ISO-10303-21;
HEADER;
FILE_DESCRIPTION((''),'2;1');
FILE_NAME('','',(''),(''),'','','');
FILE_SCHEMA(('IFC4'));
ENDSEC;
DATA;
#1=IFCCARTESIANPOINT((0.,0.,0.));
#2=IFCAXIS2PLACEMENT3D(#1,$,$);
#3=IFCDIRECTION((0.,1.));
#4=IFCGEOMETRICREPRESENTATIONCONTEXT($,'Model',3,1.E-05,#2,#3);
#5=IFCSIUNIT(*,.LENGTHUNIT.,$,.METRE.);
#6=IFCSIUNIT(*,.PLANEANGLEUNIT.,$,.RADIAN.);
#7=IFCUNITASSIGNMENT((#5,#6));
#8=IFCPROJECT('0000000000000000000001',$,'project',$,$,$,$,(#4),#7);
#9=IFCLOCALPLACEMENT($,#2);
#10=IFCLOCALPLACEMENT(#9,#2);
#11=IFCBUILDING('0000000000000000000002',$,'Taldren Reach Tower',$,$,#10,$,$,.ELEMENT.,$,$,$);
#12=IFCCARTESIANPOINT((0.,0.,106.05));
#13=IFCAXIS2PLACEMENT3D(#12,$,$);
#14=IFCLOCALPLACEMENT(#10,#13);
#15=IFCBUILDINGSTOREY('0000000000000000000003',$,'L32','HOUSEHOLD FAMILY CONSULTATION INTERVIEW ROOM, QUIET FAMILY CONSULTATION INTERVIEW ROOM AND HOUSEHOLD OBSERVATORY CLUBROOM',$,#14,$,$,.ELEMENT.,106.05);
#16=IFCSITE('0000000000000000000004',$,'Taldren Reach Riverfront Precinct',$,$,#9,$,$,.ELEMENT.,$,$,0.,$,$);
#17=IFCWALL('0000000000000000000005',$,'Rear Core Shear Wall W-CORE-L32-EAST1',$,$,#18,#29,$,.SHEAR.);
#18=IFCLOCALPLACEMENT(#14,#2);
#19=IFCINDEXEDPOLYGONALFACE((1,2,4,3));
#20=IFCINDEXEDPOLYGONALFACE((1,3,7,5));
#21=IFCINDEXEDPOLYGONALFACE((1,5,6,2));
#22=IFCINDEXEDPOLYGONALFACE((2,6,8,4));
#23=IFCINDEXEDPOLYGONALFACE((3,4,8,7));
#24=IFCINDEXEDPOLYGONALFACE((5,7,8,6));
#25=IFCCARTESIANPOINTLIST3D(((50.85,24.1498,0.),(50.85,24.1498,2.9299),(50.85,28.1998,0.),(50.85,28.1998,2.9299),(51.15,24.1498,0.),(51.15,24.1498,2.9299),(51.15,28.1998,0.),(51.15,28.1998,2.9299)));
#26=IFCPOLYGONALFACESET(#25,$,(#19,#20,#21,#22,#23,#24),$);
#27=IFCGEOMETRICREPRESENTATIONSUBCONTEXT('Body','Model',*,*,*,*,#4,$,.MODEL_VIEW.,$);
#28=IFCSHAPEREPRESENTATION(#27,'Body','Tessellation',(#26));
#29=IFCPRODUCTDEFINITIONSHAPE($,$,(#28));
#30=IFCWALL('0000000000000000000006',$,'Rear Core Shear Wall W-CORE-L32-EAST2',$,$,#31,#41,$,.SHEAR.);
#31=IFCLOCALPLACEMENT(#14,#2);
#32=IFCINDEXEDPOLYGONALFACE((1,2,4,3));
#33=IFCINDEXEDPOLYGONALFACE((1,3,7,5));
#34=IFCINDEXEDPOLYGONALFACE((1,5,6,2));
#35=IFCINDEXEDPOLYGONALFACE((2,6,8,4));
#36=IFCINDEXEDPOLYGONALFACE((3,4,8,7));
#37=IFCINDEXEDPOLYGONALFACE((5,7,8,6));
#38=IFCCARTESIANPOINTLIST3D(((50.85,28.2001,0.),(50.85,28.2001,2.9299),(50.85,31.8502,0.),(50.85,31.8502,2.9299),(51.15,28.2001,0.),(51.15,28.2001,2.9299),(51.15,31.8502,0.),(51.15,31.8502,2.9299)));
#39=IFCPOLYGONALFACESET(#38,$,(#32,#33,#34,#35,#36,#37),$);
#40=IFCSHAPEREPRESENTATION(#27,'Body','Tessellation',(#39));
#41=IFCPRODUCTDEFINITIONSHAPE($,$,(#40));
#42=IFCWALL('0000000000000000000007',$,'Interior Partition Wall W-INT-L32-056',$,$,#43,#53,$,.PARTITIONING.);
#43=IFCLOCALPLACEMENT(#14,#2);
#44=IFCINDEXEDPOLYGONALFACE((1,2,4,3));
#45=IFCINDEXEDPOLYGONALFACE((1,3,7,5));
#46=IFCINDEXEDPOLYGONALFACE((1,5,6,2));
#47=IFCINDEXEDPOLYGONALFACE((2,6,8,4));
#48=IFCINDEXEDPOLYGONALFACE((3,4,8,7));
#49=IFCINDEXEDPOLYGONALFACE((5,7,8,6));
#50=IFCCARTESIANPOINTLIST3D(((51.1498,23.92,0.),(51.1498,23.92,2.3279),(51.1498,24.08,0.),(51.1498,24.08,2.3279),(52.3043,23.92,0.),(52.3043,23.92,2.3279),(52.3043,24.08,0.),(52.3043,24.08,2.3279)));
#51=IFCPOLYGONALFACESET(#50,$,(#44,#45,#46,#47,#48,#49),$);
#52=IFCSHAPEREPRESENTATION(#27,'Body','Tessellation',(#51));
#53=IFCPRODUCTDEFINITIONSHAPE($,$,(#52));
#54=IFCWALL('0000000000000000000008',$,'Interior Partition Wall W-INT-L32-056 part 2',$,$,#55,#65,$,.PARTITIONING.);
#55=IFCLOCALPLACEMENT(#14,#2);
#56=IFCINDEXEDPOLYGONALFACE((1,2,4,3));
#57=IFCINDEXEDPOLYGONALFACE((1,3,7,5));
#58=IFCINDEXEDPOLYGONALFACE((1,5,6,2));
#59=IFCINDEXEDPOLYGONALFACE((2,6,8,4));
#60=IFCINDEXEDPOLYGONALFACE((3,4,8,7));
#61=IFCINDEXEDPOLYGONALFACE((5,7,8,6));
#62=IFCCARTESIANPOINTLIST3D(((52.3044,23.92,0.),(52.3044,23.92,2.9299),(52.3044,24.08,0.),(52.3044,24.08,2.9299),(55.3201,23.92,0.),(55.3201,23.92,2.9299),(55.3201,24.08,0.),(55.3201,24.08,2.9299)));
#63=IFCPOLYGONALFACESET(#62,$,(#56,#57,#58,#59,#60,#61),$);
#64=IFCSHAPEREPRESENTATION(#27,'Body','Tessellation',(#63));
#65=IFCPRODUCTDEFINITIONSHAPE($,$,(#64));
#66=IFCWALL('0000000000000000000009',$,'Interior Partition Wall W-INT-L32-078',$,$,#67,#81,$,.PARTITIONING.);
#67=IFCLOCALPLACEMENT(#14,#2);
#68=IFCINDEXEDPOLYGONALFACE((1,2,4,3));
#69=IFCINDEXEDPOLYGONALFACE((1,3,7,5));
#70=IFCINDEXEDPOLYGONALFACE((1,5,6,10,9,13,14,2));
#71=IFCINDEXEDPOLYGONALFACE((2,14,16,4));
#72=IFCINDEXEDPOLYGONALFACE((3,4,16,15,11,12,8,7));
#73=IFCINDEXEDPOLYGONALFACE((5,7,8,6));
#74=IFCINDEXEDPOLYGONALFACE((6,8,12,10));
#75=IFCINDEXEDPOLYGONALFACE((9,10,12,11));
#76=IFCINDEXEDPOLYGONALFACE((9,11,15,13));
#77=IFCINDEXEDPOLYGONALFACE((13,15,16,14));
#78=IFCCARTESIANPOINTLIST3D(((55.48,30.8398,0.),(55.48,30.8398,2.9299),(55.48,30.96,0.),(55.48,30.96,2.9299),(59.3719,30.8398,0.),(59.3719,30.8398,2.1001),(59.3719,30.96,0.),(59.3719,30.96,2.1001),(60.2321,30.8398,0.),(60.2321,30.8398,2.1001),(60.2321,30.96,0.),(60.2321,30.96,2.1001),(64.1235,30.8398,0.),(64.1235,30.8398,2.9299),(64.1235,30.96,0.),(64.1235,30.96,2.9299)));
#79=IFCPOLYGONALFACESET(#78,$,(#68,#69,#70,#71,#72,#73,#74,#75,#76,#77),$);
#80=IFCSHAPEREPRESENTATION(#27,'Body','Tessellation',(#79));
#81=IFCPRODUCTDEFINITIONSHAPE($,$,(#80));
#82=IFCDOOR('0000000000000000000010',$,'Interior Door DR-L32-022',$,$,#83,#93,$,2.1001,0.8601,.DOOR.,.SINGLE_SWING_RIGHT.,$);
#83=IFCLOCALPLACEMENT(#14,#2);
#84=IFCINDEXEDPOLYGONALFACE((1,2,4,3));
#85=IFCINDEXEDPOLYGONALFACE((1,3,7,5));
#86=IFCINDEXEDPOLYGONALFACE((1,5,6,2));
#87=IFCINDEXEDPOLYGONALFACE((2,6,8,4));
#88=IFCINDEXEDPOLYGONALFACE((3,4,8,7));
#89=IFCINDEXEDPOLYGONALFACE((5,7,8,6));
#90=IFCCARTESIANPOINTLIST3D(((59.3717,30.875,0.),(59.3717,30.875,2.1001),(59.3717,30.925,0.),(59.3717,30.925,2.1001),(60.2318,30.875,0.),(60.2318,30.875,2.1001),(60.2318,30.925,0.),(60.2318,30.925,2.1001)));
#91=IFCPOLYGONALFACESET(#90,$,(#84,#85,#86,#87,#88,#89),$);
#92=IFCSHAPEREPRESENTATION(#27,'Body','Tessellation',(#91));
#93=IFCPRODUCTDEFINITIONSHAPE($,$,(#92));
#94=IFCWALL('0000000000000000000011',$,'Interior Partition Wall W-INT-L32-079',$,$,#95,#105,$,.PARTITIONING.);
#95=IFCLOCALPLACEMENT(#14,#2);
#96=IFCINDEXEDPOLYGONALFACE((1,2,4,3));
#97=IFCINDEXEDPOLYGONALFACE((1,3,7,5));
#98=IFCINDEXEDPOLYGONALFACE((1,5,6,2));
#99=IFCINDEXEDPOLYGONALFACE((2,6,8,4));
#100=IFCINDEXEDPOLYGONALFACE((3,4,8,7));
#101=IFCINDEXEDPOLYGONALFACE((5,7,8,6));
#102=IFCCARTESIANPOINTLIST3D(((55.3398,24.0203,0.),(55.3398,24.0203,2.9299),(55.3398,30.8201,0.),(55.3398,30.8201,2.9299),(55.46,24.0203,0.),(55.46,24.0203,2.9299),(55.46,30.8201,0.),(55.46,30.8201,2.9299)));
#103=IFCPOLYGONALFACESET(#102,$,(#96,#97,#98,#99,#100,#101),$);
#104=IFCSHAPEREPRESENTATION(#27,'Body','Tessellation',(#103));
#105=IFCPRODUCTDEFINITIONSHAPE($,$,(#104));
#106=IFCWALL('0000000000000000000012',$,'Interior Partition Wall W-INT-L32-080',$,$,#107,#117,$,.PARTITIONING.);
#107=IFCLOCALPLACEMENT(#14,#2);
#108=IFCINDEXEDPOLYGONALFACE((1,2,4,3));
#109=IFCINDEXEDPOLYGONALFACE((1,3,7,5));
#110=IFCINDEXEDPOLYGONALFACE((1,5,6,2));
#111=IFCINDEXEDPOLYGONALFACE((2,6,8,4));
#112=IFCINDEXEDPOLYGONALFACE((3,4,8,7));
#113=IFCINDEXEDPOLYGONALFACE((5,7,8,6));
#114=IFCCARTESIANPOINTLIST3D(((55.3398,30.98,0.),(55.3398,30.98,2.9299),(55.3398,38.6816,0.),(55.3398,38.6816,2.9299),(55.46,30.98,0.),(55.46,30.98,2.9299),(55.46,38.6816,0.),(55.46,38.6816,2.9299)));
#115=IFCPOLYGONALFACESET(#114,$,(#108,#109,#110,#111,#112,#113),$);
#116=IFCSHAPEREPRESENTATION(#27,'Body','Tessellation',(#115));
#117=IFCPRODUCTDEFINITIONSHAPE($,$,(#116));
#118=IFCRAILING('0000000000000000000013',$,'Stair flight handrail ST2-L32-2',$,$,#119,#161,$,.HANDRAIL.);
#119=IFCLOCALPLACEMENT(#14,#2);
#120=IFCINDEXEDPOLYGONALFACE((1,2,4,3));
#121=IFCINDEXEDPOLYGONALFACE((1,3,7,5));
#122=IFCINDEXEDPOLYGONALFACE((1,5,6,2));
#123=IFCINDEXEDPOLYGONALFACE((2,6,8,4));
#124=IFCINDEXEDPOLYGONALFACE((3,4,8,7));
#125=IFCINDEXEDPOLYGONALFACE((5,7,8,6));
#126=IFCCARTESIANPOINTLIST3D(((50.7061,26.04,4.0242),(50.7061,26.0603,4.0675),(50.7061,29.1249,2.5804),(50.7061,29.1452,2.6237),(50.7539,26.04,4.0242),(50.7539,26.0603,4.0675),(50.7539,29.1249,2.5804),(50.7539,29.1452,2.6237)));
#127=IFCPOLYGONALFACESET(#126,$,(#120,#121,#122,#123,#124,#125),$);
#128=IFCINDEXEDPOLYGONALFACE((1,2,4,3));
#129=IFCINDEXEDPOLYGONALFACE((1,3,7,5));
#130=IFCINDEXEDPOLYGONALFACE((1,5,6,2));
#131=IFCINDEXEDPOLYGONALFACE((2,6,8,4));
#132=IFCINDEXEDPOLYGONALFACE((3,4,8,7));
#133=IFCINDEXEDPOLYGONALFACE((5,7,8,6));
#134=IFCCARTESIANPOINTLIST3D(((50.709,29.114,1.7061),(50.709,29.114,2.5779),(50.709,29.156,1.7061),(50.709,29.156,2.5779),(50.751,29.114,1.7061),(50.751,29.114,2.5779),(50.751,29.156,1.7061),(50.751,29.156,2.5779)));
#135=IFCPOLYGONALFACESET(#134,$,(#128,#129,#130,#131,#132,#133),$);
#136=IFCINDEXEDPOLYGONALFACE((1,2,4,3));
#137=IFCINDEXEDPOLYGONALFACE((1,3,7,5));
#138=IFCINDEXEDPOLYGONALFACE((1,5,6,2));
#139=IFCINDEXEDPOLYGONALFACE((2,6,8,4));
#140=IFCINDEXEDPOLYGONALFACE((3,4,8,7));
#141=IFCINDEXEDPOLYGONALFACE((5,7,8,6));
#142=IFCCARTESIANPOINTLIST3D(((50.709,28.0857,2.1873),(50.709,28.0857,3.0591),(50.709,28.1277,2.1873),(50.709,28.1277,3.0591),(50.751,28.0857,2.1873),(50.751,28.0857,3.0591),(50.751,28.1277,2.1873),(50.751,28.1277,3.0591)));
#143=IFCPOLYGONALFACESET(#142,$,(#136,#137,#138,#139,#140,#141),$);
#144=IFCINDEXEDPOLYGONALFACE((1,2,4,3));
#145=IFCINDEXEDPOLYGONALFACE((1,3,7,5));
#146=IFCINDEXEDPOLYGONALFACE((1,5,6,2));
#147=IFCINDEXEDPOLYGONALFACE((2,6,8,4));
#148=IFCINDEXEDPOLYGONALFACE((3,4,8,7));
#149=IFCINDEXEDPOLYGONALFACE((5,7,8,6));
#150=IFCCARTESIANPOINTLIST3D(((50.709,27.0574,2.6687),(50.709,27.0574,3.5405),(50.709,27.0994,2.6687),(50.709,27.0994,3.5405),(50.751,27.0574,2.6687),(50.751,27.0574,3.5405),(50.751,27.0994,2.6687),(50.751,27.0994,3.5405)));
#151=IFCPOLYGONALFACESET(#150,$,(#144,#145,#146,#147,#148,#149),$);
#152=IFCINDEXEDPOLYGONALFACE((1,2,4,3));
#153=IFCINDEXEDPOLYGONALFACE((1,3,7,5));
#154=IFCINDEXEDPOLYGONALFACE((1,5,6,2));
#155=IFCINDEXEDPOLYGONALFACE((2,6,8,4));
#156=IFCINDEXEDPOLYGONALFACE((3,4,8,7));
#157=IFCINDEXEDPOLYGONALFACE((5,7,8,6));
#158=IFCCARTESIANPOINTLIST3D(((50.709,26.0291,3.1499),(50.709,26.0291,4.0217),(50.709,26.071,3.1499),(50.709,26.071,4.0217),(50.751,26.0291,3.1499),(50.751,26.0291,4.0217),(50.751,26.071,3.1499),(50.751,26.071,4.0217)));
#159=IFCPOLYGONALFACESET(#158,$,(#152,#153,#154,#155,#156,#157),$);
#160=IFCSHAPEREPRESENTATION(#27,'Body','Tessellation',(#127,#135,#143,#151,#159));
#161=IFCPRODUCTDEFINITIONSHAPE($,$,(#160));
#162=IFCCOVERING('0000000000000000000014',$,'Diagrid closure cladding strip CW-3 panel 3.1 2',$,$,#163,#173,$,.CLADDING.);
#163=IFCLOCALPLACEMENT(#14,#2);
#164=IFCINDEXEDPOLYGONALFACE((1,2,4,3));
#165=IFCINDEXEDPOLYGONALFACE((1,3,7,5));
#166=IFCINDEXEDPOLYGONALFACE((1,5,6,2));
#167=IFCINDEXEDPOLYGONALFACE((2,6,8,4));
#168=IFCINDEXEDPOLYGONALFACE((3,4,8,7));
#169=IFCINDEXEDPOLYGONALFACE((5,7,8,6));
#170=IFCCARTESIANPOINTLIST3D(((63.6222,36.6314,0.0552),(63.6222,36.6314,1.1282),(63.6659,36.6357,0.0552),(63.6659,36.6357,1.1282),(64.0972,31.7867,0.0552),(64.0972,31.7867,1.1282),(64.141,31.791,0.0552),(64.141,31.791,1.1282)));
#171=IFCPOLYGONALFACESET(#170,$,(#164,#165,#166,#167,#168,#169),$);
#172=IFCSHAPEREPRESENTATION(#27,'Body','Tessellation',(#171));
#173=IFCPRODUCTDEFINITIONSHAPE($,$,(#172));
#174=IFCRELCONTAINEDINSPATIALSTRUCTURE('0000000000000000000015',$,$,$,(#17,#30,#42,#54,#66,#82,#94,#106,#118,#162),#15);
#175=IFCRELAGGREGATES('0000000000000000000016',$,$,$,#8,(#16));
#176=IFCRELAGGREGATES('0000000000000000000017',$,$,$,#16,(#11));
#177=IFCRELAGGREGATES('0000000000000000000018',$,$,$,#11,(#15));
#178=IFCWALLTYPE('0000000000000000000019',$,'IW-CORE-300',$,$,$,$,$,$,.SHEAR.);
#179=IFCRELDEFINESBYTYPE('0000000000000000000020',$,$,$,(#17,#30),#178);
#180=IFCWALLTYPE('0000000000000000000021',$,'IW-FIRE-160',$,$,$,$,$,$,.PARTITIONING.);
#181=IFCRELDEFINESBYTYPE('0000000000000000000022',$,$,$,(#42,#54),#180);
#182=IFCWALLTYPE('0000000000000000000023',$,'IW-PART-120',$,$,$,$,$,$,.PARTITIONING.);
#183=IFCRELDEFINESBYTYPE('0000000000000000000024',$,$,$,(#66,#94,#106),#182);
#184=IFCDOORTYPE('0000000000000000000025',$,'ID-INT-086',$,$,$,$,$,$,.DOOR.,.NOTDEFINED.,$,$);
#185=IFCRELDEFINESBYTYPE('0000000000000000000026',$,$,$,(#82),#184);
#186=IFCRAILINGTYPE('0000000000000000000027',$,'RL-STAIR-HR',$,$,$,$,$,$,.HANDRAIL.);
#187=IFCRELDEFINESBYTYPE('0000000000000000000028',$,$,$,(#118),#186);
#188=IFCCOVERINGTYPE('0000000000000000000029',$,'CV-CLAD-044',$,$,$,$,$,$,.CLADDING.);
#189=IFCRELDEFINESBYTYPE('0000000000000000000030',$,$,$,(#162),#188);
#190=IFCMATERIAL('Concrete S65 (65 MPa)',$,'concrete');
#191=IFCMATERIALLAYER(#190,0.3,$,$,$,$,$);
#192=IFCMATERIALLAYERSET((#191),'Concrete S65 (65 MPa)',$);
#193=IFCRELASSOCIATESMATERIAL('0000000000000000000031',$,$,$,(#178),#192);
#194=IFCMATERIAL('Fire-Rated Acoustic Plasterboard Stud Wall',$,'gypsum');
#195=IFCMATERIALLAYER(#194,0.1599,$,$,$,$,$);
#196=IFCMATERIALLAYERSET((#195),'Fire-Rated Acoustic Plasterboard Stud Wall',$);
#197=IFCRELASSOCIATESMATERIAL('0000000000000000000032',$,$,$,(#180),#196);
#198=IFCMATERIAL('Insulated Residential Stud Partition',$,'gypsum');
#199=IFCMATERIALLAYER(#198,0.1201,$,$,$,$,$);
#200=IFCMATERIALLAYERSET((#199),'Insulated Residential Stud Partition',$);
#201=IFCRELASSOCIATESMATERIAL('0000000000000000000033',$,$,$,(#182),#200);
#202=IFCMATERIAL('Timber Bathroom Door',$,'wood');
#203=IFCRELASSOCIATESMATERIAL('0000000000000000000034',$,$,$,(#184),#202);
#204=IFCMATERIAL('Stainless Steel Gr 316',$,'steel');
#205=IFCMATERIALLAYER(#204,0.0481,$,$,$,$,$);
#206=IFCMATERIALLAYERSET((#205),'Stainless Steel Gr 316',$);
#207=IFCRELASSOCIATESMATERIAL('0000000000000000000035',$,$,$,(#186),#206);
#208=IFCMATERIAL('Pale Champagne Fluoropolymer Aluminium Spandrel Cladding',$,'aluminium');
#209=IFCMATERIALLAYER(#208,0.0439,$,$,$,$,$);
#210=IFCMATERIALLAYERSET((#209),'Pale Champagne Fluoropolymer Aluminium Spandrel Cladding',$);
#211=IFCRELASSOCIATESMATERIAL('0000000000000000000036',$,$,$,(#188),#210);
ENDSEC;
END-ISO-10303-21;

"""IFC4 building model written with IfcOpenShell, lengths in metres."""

from ifc_helpers import new_model, si_unit, direction, frame, frame_2d, origin, origin_2d, place, context, subcontext, project, spatial, rectangle, extrude, source, transform, mapped, material, layer, layer_set, type_object, element, fill, save


model = new_model("IFC4")

# Units and contexts
model_context = context("Model", 3, precision=1e-05, world=origin(), true_north=direction((0.0, 1.0)))
body_context = subcontext(model_context, "Body", "Model", "MODEL_VIEW")
ifc_project = project(units=[si_unit("LENGTHUNIT", "METRE"), si_unit("PLANEANGLEUNIT", "RADIAN")], contexts=[model_context])

# Site, building, storey
site_placement = place(None, origin())
site = spatial("IfcSite", under=ifc_project, at=site_placement, Name="Taldren Reach Riverfront Precinct", CompositionType="ELEMENT", RefElevation=0.0)
building_placement = place(site_placement, origin())
building = spatial("IfcBuilding", under=site, at=building_placement, Name="Taldren Reach Tower", CompositionType="ELEMENT")
storey_placement = place(building_placement, frame((0.0, 0.0, 106.05)))
storey = spatial("IfcBuildingStorey", under=building, at=storey_placement, Name="L32", Description="HOUSEHOLD FAMILY CONSULTATION INTERVIEW ROOM, QUIET FAMILY CONSULTATION INTERVIEW ROOM AND HOUSEHOLD OBSERVATORY CLUBROOM", CompositionType="ELEMENT", Elevation=106.05)

# Shared definitions
ifc_material_1 = material(Name="Concrete S65 (65 MPa)", Category="concrete")

# Walls
ifc_layer_1 = layer(ifc_material_1, 0.3)
ifc_layer_set_1 = layer_set([ifc_layer_1], Name="Concrete S65 (65 MPa)")
wall_type_1 = type_object("IfcWallType", Name="IW-CORE-300", PredefinedType="SHEAR", material=ifc_layer_set_1)
shared_shape_1 = source(origin(), body_context, "Body", "SweptSolid", [
    extrude(rectangle(XDim=4.05, YDim=0.3, at=frame_2d((2.0249, 0.0))), origin(), (0.0, 0.0, 1.0), 2.9299),
])
wall_1_placement = place(storey_placement, frame((51.0, 24.1499, 0.0), z_axis=(0.0, 0.0, 1.0), x_axis=(0.0, 1.0, 0.0)))
element("IfcWall", 1, at=wall_1_placement, inside=storey, type_object=wall_type_1, Name="Rear Core Shear Wall W-CORE-L32-EAST1", PredefinedType="SHEAR", context=body_context, shape_type="MappedRepresentation", body=[
    mapped(shared_shape_1, transform((0.0, 0.0, 0.0), scale=1.0)),
])
shared_shape_2 = source(origin(), body_context, "Body", "SweptSolid", [
    extrude(rectangle(XDim=3.6501, YDim=0.3, at=frame_2d((1.8252, 0.0))), origin(), (0.0, 0.0, 1.0), 2.9299),
])
wall_2_placement = place(storey_placement, frame((51.0, 28.2, 0.0), z_axis=(0.0, 0.0, 1.0), x_axis=(0.0, 1.0, 0.0)))
element("IfcWall", 2, at=wall_2_placement, inside=storey, type_object=wall_type_1, Name="Rear Core Shear Wall W-CORE-L32-EAST2", PredefinedType="SHEAR", context=body_context, shape_type="MappedRepresentation", body=[
    mapped(shared_shape_2, transform((0.0, 0.0, 0.0), scale=1.0)),
])
ifc_material_2 = material(Name="Fire-Rated Acoustic Plasterboard Stud Wall", Category="gypsum")
ifc_layer_2 = layer(ifc_material_2, 0.1599)
ifc_layer_set_2 = layer_set([ifc_layer_2], Name="Fire-Rated Acoustic Plasterboard Stud Wall")
wall_type_2 = type_object("IfcWallType", Name="IW-FIRE-160", PredefinedType="PARTITIONING", material=ifc_layer_set_2)
shared_shape_3 = source(origin(), body_context, "Body", "SweptSolid", [
    extrude(rectangle(XDim=1.1545, YDim=0.1599, at=frame_2d((0.5771, 0.0))), origin(), (0.0, 0.0, 1.0), 2.3279),
])
wall_3_placement = place(storey_placement, frame((51.1499, 24.0, 0.0), z_axis=(0.0, 0.0, 1.0), x_axis=(1.0, 0.0, 0.0)))
element("IfcWall", 3, at=wall_3_placement, inside=storey, type_object=wall_type_2, Name="Interior Partition Wall W-INT-L32-056", PredefinedType="PARTITIONING", context=body_context, shape_type="MappedRepresentation", body=[
    mapped(shared_shape_3, transform((0.0, 0.0, 0.0), scale=1.0)),
])
shared_shape_4 = source(origin(), body_context, "Body", "SweptSolid", [
    extrude(rectangle(XDim=3.0156, YDim=0.1599, at=frame_2d((1.5078, 0.0))), origin(), (0.0, 0.0, 1.0), 2.9299),
])
wall_4_placement = place(storey_placement, frame((52.3044, 24.0, 0.0), z_axis=(0.0, 0.0, 1.0), x_axis=(1.0, 0.0, 0.0)))
element("IfcWall", 4, at=wall_4_placement, inside=storey, type_object=wall_type_2, Name="Interior Partition Wall W-INT-L32-056 part 2", PredefinedType="PARTITIONING", context=body_context, shape_type="MappedRepresentation", body=[
    mapped(shared_shape_4, transform((0.0, 0.0, 0.0), scale=1.0)),
])

# Wall, opening, door
ifc_material_3 = material(Name="Insulated Residential Stud Partition", Category="gypsum")
ifc_layer_3 = layer(ifc_material_3, 0.1201)
ifc_layer_set_3 = layer_set([ifc_layer_3], Name="Insulated Residential Stud Partition")
wall_type_3 = type_object("IfcWallType", Name="IW-PART-120", PredefinedType="PARTITIONING", material=ifc_layer_set_3)
shared_shape_5 = source(origin(), body_context, "Body", "SweptSolid", [
    extrude(rectangle(XDim=8.6436, YDim=0.1201, at=frame_2d((4.3218, 0.0))), origin(), (0.0, 0.0, 1.0), 2.9299),
])
wall_5_placement = place(storey_placement, frame((55.48, 30.8999, 0.0), z_axis=(0.0, 0.0, 1.0), x_axis=(1.0, 0.0, 0.0)))
wall_5 = element("IfcWall", 5, at=wall_5_placement, inside=storey, type_object=wall_type_3, Name="Interior Partition Wall W-INT-L32-078", PredefinedType="PARTITIONING", context=body_context, shape_type="MappedRepresentation", body=[
    mapped(shared_shape_5, transform((0.0, 0.0, 0.0), scale=1.0)),
])
shared_shape_6 = source(origin(), body_context, "Body", "SweptSolid", [
    extrude(rectangle(XDim=0.8601, YDim=2.1001, at=frame_2d((0.4302, 1.05))), frame((0.0, 0.0701, 0.0), z_axis=(0.0, -1.0, 0.0), x_axis=(1.0, 0.0, 0.0)), (0.0, 0.0, 1.0), 0.1401),
])
opening_placement = place(wall_5_placement, frame((3.8918, 0.0, 0.0)))
opening = element("IfcOpeningElement", 6, at=opening_placement, cuts=wall_5, PredefinedType="OPENING", context=body_context, shape_type="MappedRepresentation", body=[
    mapped(shared_shape_6, transform((0.0, 0.0, 0.0), scale=1.0)),
])
ifc_material_4 = material(Name="Timber Bathroom Door", Category="wood")
door_type = type_object("IfcDoorType", Name="ID-INT-086", OperationType="NOTDEFINED", PredefinedType="DOOR", material=ifc_material_4)
shared_shape_7 = source(origin(), body_context, "Body", "SweptSolid", [
    extrude(rectangle(XDim=0.8601, YDim=2.1001, at=frame_2d((0.4302, 1.05))), frame((0.0, 0.0249, 0.0), z_axis=(0.0, -1.0, 0.0), x_axis=(1.0, 0.0, 0.0)), (0.0, 0.0, 1.0), 0.05),
])
door_placement = place(opening_placement, frame((0.8601, 0.0, 0.0), z_axis=(0.0, 0.0, 1.0), x_axis=(-1.0, 0.0, 0.0)))
door = element("IfcDoor", 7, at=door_placement, inside=storey, type_object=door_type, Name="Interior Door DR-L32-022", OperationType="SINGLE_SWING_RIGHT", OverallHeight=2.1001, OverallWidth=0.8601, PredefinedType="DOOR", context=body_context, shape_type="MappedRepresentation", body=[
    mapped(shared_shape_7, transform((0.0, 0.0, 0.0), scale=1.0)),
])
fill(opening, door)

# Walls
shared_shape_8 = source(origin(), body_context, "Body", "SweptSolid", [
    extrude(rectangle(XDim=6.7998, YDim=0.1201, at=frame_2d((3.3999, 0.0))), origin(), (0.0, 0.0, 1.0), 2.9299),
])
wall_6_placement = place(storey_placement, frame((55.3999, 24.0203, 0.0), z_axis=(0.0, 0.0, 1.0), x_axis=(0.0, 1.0, 0.0)))
element("IfcWall", 8, at=wall_6_placement, inside=storey, type_object=wall_type_3, Name="Interior Partition Wall W-INT-L32-079", PredefinedType="PARTITIONING", context=body_context, shape_type="MappedRepresentation", body=[
    mapped(shared_shape_8, transform((0.0, 0.0, 0.0), scale=1.0)),
])
shared_shape_9 = source(origin(), body_context, "Body", "SweptSolid", [
    extrude(rectangle(XDim=7.7017, YDim=0.1201, at=frame_2d((3.8508, 0.0))), origin(), (0.0, 0.0, 1.0), 2.9299),
])
wall_7_placement = place(storey_placement, frame((55.3999, 30.98, 0.0), z_axis=(0.0, 0.0, 1.0), x_axis=(0.0, 1.0, 0.0)))
element("IfcWall", 9, at=wall_7_placement, inside=storey, type_object=wall_type_3, Name="Interior Partition Wall W-INT-L32-080", PredefinedType="PARTITIONING", context=body_context, shape_type="MappedRepresentation", body=[
    mapped(shared_shape_9, transform((0.0, 0.0, 0.0), scale=1.0)),
])

# Railing
ifc_material_5 = material(Name="Stainless Steel Gr 316", Category="steel")
ifc_layer_4 = layer(ifc_material_5, 0.0481)
ifc_layer_set_4 = layer_set([ifc_layer_4], Name="Stainless Steel Gr 316")
railing_type = type_object("IfcRailingType", Name="RL-STAIR-HR", PredefinedType="HANDRAIL", material=ifc_layer_set_4)
railing_placement = place(storey_placement, frame((50.73, 29.135, 1.7061)))
element("IfcRailing", 10, at=railing_placement, inside=storey, type_object=railing_type, Name="Stair flight handrail ST2-L32-2", PredefinedType="HANDRAIL", context=body_context, shape_type="SweptSolid", body=[
    extrude(rectangle(XDim=0.0479, YDim=0.0479, at=origin_2d()), frame((0.0, 0.0, 0.896), z_axis=(0.0, -0.90571, 0.423898), x_axis=(1.0, 0.0, 0.0)), (0.0, 0.0, 1.0), 3.406),
    extrude(rectangle(XDim=0.042, YDim=0.042, at=origin_2d()), origin(), (0.0, 0.0, 1.0), 0.8718),
    extrude(rectangle(XDim=0.042, YDim=0.042, at=origin_2d()), frame((0.0, -1.0283, 0.4812)), (0.0, 0.0, 1.0), 0.8718),
    extrude(rectangle(XDim=0.042, YDim=0.042, at=origin_2d()), frame((0.0, -2.0566, 0.9626)), (0.0, 0.0, 1.0), 0.8718),
    extrude(rectangle(XDim=0.042, YDim=0.042, at=origin_2d()), frame((0.0, -3.085, 1.4438)), (0.0, 0.0, 1.0), 0.8718),
])

# Covering
ifc_material_6 = material(Name="Pale Champagne Fluoropolymer Aluminium Spandrel Cladding", Category="aluminium")
ifc_layer_5 = layer(ifc_material_6, 0.0439)
ifc_layer_set_5 = layer_set([ifc_layer_5], Name="Pale Champagne Fluoropolymer Aluminium Spandrel Cladding")
covering_type = type_object("IfcCoveringType", Name="CV-CLAD-044", PredefinedType="CLADDING", material=ifc_layer_set_5)
shared_shape_10 = source(origin(), body_context, "Body", "SweptSolid", [
    extrude(rectangle(XDim=4.8679, YDim=0.0439, at=origin_2d()), origin(), (0.0, 0.0, 1.0), 1.073),
])
covering_1_placement = place(storey_placement, frame((63.8816, 34.2112, 0.0552), z_axis=(0.0, 0.0, 1.0), x_axis=(-0.097583, 0.995227, 0.0)))
element("IfcCovering", 11, at=covering_1_placement, inside=storey, type_object=covering_type, Name="Diagrid closure cladding strip CW-3 panel 3.1 2", PredefinedType="CLADDING", context=body_context, shape_type="MappedRepresentation", body=[
    mapped(shared_shape_10, transform((0.0, 0.0, 0.0), scale=1.0)),
])

save(model, "model.ifc")
